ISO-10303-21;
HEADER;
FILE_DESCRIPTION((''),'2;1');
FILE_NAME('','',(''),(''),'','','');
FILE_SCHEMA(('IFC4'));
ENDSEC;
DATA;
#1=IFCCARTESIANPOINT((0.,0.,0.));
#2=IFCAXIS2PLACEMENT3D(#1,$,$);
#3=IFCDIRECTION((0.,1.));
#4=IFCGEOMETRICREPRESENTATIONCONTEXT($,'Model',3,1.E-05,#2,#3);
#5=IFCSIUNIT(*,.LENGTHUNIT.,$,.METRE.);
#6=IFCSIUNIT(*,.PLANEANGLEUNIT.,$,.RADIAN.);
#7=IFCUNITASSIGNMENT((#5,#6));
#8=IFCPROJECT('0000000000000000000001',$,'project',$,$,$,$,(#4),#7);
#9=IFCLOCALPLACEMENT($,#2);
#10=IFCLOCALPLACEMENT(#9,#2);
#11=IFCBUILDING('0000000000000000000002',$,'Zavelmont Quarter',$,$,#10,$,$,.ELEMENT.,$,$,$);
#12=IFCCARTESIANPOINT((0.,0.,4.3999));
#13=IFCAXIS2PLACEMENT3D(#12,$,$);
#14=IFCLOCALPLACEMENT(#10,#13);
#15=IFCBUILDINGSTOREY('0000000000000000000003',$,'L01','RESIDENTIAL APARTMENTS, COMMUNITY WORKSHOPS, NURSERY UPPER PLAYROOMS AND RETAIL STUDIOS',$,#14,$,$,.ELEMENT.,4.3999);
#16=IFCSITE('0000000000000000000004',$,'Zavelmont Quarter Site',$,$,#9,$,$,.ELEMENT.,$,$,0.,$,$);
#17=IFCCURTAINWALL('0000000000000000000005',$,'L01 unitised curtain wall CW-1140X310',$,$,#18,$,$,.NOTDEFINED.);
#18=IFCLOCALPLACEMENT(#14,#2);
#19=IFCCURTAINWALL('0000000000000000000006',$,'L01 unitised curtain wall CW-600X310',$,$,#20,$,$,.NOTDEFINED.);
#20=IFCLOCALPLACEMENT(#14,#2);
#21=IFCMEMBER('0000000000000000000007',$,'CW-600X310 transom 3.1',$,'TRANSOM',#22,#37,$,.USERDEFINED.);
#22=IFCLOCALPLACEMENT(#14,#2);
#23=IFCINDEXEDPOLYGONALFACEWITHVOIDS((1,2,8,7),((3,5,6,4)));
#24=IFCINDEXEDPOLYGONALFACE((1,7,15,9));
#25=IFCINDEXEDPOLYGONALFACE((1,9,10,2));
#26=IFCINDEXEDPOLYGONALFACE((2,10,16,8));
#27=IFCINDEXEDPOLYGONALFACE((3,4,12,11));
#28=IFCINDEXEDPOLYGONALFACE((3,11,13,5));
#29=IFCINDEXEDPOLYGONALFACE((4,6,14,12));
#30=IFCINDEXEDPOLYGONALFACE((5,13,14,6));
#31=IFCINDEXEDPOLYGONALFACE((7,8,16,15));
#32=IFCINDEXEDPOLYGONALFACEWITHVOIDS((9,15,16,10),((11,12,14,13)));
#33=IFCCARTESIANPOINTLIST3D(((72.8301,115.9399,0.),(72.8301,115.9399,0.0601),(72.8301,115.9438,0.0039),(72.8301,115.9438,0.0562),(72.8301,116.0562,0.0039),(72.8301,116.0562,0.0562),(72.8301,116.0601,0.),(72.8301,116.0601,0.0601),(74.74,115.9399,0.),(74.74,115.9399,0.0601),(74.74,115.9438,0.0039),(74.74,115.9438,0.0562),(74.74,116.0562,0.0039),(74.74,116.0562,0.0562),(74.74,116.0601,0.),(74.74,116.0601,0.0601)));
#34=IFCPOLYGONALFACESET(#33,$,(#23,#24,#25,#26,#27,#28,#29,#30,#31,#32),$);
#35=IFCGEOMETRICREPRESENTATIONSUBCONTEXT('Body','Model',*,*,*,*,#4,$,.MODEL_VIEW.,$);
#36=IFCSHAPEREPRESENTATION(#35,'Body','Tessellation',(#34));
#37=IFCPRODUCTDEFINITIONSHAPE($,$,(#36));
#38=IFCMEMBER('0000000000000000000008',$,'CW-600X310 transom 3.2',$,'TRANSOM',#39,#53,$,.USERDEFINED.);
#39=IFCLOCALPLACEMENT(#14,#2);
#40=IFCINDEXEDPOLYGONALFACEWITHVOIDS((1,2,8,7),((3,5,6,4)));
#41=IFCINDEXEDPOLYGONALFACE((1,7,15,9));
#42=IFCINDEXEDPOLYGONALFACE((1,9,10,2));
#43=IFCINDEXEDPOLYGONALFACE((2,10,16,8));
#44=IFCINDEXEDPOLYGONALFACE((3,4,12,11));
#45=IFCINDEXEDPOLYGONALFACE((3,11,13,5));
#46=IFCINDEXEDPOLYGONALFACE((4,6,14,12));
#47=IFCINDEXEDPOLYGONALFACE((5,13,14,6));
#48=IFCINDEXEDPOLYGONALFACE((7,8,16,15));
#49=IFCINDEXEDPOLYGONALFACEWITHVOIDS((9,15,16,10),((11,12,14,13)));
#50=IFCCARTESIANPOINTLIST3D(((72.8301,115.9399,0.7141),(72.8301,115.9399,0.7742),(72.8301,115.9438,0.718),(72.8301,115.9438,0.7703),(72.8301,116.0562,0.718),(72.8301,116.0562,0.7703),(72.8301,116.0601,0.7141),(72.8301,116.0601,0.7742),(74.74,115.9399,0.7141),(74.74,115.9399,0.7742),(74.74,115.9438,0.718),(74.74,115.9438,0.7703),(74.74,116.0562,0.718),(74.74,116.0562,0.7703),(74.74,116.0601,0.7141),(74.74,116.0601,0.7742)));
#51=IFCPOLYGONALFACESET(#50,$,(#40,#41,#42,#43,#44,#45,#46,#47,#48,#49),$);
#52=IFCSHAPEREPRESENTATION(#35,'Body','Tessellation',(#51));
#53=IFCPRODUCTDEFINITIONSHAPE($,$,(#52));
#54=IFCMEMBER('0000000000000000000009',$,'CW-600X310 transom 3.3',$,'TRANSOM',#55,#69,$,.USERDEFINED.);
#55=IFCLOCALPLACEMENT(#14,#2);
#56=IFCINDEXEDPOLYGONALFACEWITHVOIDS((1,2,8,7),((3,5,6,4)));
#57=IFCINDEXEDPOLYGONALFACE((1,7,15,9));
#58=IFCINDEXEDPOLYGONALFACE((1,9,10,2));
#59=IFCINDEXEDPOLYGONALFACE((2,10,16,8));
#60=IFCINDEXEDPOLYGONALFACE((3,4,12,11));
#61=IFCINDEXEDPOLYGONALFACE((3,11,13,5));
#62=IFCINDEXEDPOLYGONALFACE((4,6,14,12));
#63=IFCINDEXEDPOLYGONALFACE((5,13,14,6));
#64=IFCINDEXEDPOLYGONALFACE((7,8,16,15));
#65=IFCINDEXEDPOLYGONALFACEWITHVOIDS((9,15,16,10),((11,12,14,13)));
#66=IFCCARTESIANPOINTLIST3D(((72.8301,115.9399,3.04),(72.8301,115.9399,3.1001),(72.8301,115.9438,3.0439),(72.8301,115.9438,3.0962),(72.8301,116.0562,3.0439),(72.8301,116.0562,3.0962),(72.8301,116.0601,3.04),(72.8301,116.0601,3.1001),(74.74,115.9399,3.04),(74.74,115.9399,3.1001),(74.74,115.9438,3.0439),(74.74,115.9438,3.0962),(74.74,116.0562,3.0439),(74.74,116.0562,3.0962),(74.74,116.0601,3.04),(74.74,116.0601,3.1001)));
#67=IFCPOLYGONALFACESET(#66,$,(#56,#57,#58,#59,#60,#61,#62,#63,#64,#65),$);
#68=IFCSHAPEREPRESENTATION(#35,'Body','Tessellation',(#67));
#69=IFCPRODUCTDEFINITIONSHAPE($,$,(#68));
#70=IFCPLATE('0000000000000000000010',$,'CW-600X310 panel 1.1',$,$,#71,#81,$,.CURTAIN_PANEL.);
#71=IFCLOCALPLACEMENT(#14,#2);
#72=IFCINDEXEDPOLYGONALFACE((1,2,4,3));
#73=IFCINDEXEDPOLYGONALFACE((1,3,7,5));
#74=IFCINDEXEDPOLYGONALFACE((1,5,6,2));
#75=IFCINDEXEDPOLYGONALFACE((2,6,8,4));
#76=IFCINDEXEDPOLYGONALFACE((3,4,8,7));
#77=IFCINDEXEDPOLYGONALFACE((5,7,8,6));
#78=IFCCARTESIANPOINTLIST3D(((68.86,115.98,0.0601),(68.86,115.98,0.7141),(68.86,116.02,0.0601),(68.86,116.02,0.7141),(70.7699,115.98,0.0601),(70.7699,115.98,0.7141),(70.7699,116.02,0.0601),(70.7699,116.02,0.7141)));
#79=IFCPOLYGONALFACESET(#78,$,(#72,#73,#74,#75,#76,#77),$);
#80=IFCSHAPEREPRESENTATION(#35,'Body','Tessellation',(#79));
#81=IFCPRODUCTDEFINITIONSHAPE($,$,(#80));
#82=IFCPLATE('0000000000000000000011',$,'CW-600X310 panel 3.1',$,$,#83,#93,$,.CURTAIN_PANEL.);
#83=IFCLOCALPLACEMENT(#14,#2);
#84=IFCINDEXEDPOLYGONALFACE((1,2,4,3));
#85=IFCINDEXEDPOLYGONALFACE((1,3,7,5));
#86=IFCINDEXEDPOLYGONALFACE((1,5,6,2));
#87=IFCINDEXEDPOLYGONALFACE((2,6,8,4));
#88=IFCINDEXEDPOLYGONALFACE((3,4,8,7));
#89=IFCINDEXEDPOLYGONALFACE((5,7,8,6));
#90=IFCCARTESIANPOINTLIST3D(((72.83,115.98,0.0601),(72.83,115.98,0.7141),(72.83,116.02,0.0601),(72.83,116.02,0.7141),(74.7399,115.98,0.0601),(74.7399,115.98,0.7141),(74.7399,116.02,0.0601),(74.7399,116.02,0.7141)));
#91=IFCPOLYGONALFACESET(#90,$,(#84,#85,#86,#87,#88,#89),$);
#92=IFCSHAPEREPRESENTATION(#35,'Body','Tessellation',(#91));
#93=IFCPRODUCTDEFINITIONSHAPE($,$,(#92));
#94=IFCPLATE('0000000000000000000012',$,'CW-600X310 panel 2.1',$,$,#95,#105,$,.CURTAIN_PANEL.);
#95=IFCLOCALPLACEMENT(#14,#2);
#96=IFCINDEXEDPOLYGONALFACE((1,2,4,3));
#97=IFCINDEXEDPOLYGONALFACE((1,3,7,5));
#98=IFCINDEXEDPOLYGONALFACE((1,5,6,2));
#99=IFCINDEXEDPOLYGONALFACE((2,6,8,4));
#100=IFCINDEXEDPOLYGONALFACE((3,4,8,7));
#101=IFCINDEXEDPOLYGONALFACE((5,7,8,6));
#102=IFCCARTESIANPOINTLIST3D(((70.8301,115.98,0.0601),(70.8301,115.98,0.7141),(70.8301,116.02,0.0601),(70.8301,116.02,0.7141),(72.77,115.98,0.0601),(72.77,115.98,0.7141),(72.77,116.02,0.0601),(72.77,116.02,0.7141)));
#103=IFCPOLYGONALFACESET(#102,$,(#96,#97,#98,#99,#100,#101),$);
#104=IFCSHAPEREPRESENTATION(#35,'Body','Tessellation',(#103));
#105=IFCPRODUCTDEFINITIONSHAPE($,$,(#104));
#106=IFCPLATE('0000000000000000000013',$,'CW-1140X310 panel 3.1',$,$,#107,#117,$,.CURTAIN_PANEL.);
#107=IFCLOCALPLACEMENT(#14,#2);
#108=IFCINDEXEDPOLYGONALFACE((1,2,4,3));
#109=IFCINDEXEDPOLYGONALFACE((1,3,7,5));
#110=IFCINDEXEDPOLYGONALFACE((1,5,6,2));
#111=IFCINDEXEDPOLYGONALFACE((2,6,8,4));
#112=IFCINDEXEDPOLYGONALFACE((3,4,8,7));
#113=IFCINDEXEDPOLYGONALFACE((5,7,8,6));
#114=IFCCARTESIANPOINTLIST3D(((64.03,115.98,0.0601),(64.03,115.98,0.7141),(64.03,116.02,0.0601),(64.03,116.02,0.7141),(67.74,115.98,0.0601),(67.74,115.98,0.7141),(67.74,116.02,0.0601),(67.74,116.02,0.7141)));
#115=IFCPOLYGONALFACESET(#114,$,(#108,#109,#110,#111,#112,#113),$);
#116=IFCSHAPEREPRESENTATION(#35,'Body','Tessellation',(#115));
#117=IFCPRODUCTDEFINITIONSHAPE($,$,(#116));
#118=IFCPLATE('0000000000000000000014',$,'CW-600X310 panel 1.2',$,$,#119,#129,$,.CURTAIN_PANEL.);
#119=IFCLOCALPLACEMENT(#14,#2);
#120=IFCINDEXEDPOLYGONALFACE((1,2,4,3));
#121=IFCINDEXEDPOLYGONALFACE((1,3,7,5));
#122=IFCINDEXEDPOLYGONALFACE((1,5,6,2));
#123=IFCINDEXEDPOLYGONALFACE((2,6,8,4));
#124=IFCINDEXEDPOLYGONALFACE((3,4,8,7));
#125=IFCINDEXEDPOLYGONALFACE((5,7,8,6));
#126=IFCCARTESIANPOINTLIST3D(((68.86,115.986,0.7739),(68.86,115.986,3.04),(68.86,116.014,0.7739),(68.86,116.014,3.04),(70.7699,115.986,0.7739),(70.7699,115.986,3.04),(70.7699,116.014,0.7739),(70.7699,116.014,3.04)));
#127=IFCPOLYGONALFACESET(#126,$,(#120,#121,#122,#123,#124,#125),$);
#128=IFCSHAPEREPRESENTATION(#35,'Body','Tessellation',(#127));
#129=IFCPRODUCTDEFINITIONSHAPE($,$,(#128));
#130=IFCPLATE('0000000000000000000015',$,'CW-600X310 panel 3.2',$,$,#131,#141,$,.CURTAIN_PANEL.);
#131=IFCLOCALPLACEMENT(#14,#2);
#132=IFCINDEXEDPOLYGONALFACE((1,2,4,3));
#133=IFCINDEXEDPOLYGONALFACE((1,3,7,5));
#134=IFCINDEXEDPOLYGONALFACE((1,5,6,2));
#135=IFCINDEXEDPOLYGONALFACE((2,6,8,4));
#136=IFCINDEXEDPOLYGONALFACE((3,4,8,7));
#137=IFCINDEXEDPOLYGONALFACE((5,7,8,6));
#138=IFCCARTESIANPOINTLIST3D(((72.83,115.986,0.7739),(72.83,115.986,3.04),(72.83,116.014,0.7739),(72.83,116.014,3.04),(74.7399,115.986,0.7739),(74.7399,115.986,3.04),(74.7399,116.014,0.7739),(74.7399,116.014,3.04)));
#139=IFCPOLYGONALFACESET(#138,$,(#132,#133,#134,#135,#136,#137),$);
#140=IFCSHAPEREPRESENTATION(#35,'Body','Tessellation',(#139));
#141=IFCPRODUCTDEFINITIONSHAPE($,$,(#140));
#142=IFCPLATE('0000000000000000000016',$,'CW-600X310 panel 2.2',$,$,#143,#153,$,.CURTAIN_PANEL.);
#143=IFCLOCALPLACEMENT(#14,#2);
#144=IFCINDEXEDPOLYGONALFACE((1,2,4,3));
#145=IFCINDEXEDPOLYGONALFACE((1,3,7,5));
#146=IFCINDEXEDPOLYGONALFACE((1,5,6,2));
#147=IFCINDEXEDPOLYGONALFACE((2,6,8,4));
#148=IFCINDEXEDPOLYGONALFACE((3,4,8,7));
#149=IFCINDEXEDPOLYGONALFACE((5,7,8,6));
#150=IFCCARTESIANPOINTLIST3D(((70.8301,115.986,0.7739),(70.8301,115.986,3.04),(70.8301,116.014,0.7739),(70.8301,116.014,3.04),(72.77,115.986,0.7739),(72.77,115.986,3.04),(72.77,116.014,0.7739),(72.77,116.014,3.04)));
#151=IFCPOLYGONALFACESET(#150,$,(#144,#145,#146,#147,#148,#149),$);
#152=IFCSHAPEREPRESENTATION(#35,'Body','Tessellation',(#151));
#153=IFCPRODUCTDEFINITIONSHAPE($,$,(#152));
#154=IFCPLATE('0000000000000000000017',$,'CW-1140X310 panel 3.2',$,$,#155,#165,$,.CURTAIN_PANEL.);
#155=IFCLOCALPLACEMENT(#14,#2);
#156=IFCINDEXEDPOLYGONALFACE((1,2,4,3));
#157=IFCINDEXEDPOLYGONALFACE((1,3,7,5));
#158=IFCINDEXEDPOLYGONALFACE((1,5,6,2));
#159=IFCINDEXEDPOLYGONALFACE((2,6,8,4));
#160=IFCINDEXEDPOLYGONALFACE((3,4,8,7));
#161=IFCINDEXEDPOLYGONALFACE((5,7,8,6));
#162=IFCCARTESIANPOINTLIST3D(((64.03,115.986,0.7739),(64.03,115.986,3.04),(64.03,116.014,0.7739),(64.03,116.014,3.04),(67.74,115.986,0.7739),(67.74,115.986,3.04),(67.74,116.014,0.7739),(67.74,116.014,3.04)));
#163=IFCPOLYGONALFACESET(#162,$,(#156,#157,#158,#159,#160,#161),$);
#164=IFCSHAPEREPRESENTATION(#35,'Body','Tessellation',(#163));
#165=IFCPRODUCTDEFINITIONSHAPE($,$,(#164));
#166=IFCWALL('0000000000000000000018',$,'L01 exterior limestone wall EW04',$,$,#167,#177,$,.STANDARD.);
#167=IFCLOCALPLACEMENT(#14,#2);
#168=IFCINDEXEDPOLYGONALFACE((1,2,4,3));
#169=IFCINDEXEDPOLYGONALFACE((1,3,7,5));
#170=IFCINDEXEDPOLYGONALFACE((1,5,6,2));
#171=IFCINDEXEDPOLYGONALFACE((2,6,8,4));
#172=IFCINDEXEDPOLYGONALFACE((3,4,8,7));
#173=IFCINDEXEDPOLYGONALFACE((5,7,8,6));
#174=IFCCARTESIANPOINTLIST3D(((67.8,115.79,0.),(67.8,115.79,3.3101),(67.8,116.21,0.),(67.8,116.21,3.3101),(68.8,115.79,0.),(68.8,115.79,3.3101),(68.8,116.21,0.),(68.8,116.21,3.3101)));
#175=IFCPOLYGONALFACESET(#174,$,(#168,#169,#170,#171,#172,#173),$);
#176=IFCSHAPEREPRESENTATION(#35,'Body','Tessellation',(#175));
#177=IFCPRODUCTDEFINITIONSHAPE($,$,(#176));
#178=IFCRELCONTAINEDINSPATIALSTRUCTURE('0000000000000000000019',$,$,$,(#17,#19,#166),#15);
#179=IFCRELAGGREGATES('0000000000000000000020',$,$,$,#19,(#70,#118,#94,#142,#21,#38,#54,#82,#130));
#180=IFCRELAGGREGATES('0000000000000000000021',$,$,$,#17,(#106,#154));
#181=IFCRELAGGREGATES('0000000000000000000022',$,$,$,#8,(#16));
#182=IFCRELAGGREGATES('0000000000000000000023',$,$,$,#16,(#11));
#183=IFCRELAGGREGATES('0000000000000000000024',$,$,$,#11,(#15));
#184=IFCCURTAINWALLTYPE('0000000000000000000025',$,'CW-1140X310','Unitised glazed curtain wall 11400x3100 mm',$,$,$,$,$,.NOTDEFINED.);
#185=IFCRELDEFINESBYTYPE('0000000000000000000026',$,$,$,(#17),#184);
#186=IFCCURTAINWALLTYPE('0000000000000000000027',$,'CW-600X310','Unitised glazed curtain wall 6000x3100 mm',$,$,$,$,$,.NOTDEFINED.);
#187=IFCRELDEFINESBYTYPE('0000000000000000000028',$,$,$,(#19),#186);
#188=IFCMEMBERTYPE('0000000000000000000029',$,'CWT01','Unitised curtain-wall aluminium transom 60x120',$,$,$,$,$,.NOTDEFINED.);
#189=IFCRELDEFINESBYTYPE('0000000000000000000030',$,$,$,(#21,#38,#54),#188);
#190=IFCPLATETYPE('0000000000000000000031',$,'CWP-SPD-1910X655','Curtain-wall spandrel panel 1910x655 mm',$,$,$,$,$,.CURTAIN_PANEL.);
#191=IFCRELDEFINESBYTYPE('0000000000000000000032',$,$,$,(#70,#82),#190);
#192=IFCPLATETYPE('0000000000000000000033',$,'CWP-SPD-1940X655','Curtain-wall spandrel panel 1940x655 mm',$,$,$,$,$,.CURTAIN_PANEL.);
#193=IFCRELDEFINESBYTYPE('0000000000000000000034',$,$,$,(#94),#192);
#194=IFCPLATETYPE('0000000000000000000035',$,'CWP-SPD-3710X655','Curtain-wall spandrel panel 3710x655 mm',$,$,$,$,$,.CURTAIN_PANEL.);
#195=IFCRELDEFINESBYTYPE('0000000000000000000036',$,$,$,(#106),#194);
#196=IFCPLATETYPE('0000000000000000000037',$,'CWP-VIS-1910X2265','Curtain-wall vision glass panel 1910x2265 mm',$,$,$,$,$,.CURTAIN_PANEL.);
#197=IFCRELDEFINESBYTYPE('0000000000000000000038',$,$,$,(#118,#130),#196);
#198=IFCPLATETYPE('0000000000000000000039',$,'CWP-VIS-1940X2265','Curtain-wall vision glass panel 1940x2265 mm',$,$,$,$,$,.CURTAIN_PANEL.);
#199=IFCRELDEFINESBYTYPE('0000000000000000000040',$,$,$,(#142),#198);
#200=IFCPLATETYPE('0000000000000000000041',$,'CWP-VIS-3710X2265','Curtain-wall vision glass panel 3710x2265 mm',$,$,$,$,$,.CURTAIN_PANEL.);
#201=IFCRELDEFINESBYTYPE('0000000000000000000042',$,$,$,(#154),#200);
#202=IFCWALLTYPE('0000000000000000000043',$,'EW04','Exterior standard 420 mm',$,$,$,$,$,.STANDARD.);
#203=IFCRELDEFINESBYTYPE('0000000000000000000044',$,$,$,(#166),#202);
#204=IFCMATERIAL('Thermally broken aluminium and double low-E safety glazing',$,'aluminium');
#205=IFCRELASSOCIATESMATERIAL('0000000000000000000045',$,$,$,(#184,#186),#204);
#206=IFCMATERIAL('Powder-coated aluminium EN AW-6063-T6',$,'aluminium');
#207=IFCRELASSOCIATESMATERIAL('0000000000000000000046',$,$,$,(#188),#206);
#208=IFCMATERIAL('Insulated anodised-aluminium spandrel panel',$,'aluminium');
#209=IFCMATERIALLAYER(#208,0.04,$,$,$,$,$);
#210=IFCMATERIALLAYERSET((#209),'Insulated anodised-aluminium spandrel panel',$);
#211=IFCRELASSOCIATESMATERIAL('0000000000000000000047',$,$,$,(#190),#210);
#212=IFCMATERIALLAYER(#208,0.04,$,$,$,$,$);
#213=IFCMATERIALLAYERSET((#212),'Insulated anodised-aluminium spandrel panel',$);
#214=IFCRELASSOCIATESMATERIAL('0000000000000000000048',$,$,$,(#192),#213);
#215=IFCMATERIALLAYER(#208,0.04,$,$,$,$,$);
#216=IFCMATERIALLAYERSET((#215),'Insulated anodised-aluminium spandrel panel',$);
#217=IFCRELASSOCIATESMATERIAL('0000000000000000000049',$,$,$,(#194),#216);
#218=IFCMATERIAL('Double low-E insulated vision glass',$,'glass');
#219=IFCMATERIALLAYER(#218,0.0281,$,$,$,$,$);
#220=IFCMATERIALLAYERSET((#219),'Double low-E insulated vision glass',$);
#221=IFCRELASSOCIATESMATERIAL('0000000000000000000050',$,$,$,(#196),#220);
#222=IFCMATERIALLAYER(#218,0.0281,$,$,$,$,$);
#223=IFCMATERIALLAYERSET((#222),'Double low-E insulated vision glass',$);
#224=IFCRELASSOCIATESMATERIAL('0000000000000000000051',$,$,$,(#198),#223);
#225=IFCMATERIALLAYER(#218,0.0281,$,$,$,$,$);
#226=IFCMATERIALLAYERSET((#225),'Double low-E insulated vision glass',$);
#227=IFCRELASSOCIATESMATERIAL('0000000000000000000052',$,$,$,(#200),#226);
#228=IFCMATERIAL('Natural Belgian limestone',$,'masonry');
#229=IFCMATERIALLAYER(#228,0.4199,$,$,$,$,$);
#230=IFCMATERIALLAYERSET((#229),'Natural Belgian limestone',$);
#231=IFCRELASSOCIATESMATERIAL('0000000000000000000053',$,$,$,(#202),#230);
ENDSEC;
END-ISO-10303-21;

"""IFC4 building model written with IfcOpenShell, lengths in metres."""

from ifc_helpers import new_model, si_unit, direction, frame, frame_2d, origin, origin_2d, place, context, subcontext, project, spatial, rectangle, hollow_rectangle, extrude, material, layer, layer_set, material_profile, profile_set, type_object, element, aggregate, save


model = new_model("IFC4")

# Units and contexts
model_context = context("Model", 3, precision=1e-05, world=origin(), true_north=direction((0.0, 1.0)))
body_context = subcontext(model_context, "Body", "Model", "MODEL_VIEW")
ifc_project = project(units=[si_unit("LENGTHUNIT", "METRE"), si_unit("PLANEANGLEUNIT", "RADIAN")], contexts=[model_context])

# Site, building, storey
site_placement = place(None, origin())
site = spatial("IfcSite", under=ifc_project, at=site_placement, Name="Zavelmont Quarter Site", CompositionType="ELEMENT", RefElevation=0.0)
building_placement = place(site_placement, origin())
building = spatial("IfcBuilding", under=site, at=building_placement, Name="Zavelmont Quarter", CompositionType="ELEMENT")
storey_placement = place(building_placement, frame((0.0, 0.0, 4.3999)))
storey = spatial("IfcBuildingStorey", under=building, at=storey_placement, Name="L01", Description="RESIDENTIAL APARTMENTS, COMMUNITY WORKSHOPS, NURSERY UPPER PLAYROOMS AND RETAIL STUDIOS", CompositionType="ELEMENT", Elevation=4.3999)

# Curtain wall
ifc_material_1 = material(Name="Thermally broken aluminium and double low-E safety glazing", Category="aluminium")
curtain_wall_type_1 = type_object("IfcCurtainWallType", Name="CW-1140X310", Description="Unitised glazed curtain wall 11400x3100 mm", PredefinedType="NOTDEFINED", material=ifc_material_1)
curtain_wall_1_placement = place(storey_placement, origin())
curtain_wall_1 = element("IfcCurtainWall", 1, at=curtain_wall_1_placement, inside=storey, type_object=curtain_wall_type_1, Name="L01 unitised curtain wall CW-1140X310", PredefinedType="NOTDEFINED")
ifc_material_2 = material(Name="Powder-coated aluminium EN AW-6063-T6", Category="aluminium")

# Curtain wall, members, plates
curtain_wall_type_2 = type_object("IfcCurtainWallType", Name="CW-600X310", Description="Unitised glazed curtain wall 6000x3100 mm", PredefinedType="NOTDEFINED", material=ifc_material_1)
curtain_wall_2_placement = place(storey_placement, origin())
curtain_wall_2 = element("IfcCurtainWall", 2, at=curtain_wall_2_placement, inside=storey, type_object=curtain_wall_type_2, Name="L01 unitised curtain wall CW-600X310", PredefinedType="NOTDEFINED")
ifc_material_profile_1 = material_profile(ifc_material_2, hollow_rectangle(XDim=0.1201, YDim=0.0601, WallThickness=0.0039, at=origin_2d()), Name="CWT60X120")
ifc_profile_set_1 = profile_set([ifc_material_profile_1], Name="Powder-coated aluminium EN AW-6063-T6")
member_type_1 = type_object("IfcMemberType", Name="CWT01", Description="Unitised curtain-wall aluminium transom 60x120", PredefinedType="NOTDEFINED", material=ifc_profile_set_1)
member_1_placement = place(storey_placement, frame((72.8301, 116.0, 0.03), z_axis=(1.0, 0.0, 0.0), x_axis=(0.0, 1.0, 0.0)))
member_1 = element("IfcMember", 3, at=member_1_placement, type_object=member_type_1, Name="CW-600X310 transom 3.1", ObjectType="TRANSOM", PredefinedType="USERDEFINED", context=body_context, shape_type="SweptSolid", body=[
    extrude(hollow_rectangle(XDim=0.1201, YDim=0.0601, WallThickness=0.0039, at=origin_2d()), origin(), (0.0, 0.0, 1.0), 1.9099),
])
member_2_placement = place(storey_placement, frame((72.8301, 116.0, 0.7441), z_axis=(1.0, 0.0, 0.0), x_axis=(0.0, 1.0, 0.0)))
member_2 = element("IfcMember", 4, at=member_2_placement, type_object=member_type_1, Name="CW-600X310 transom 3.2", ObjectType="TRANSOM", PredefinedType="USERDEFINED", context=body_context, shape_type="SweptSolid", body=[
    extrude(hollow_rectangle(XDim=0.1201, YDim=0.0601, WallThickness=0.0039, at=origin_2d()), origin(), (0.0, 0.0, 1.0), 1.9099),
])
member_3_placement = place(storey_placement, frame((72.8301, 116.0, 3.0701), z_axis=(1.0, 0.0, 0.0), x_axis=(0.0, 1.0, 0.0)))
member_3 = element("IfcMember", 5, at=member_3_placement, type_object=member_type_1, Name="CW-600X310 transom 3.3", ObjectType="TRANSOM", PredefinedType="USERDEFINED", context=body_context, shape_type="SweptSolid", body=[
    extrude(hollow_rectangle(XDim=0.1201, YDim=0.0601, WallThickness=0.0039, at=origin_2d()), origin(), (0.0, 0.0, 1.0), 1.9099),
])
ifc_material_3 = material(Name="Insulated anodised-aluminium spandrel panel", Category="aluminium")
ifc_layer_1 = layer(ifc_material_3, 0.04)
ifc_layer_set_1 = layer_set([ifc_layer_1], Name="Insulated anodised-aluminium spandrel panel")
plate_type_1 = type_object("IfcPlateType", Name="CWP-SPD-1910X655", Description="Curtain-wall spandrel panel 1910x655 mm", PredefinedType="CURTAIN_PANEL", material=ifc_layer_set_1)
plate_1_placement = place(storey_placement, frame((69.8149, 116.0, 0.0601), z_axis=(0.0, 0.0, 1.0), x_axis=(1.0, 0.0, 0.0)))
plate_1 = element("IfcPlate", 6, at=plate_1_placement, type_object=plate_type_1, Name="CW-600X310 panel 1.1", PredefinedType="CURTAIN_PANEL", context=body_context, shape_type="SweptSolid", body=[
    extrude(rectangle(XDim=1.9099, YDim=0.04, at=origin_2d()), origin(), (0.0, 0.0, 1.0), 0.6541),
])
plate_2_placement = place(storey_placement, frame((73.7849, 116.0, 0.0601), z_axis=(0.0, 0.0, 1.0), x_axis=(1.0, 0.0, 0.0)))
plate_2 = element("IfcPlate", 7, at=plate_2_placement, type_object=plate_type_1, Name="CW-600X310 panel 3.1", PredefinedType="CURTAIN_PANEL", context=body_context, shape_type="SweptSolid", body=[
    extrude(rectangle(XDim=1.9099, YDim=0.04, at=origin_2d()), origin(), (0.0, 0.0, 1.0), 0.6541),
])
ifc_layer_2 = layer(ifc_material_3, 0.04)
ifc_layer_set_2 = layer_set([ifc_layer_2], Name="Insulated anodised-aluminium spandrel panel")
plate_type_2 = type_object("IfcPlateType", Name="CWP-SPD-1940X655", Description="Curtain-wall spandrel panel 1940x655 mm", PredefinedType="CURTAIN_PANEL", material=ifc_layer_set_2)
plate_3_placement = place(storey_placement, frame((71.8, 116.0, 0.0601), z_axis=(0.0, 0.0, 1.0), x_axis=(1.0, 0.0, 0.0)))
plate_3 = element("IfcPlate", 8, at=plate_3_placement, type_object=plate_type_2, Name="CW-600X310 panel 2.1", PredefinedType="CURTAIN_PANEL", context=body_context, shape_type="SweptSolid", body=[
    extrude(rectangle(XDim=1.9399, YDim=0.04, at=origin_2d()), origin(), (0.0, 0.0, 1.0), 0.6541),
])

# Plates
ifc_layer_3 = layer(ifc_material_3, 0.04)
ifc_layer_set_3 = layer_set([ifc_layer_3], Name="Insulated anodised-aluminium spandrel panel")
plate_type_3 = type_object("IfcPlateType", Name="CWP-SPD-3710X655", Description="Curtain-wall spandrel panel 3710x655 mm", PredefinedType="CURTAIN_PANEL", material=ifc_layer_set_3)
plate_4_placement = place(storey_placement, frame((65.885, 116.0, 0.0601), z_axis=(0.0, 0.0, 1.0), x_axis=(1.0, 0.0, 0.0)))
plate_4 = element("IfcPlate", 9, at=plate_4_placement, type_object=plate_type_3, Name="CW-1140X310 panel 3.1", PredefinedType="CURTAIN_PANEL", context=body_context, shape_type="SweptSolid", body=[
    extrude(rectangle(XDim=3.71, YDim=0.04, at=origin_2d()), origin(), (0.0, 0.0, 1.0), 0.6541),
])
ifc_material_4 = material(Name="Double low-E insulated vision glass", Category="glass")
ifc_layer_4 = layer(ifc_material_4, 0.0281)
ifc_layer_set_4 = layer_set([ifc_layer_4], Name="Double low-E insulated vision glass")
plate_type_4 = type_object("IfcPlateType", Name="CWP-VIS-1910X2265", Description="Curtain-wall vision glass panel 1910x2265 mm", PredefinedType="CURTAIN_PANEL", material=ifc_layer_set_4)
plate_5_placement = place(storey_placement, frame((69.8149, 116.0, 0.7739), z_axis=(0.0, 0.0, 1.0), x_axis=(1.0, 0.0, 0.0)))
plate_5 = element("IfcPlate", 10, at=plate_5_placement, type_object=plate_type_4, Name="CW-600X310 panel 1.2", PredefinedType="CURTAIN_PANEL", context=body_context, shape_type="SweptSolid", body=[
    extrude(rectangle(XDim=1.9099, YDim=0.0281, at=origin_2d()), origin(), (0.0, 0.0, 1.0), 2.2661),
])
plate_6_placement = place(storey_placement, frame((73.7849, 116.0, 0.7739), z_axis=(0.0, 0.0, 1.0), x_axis=(1.0, 0.0, 0.0)))
plate_6 = element("IfcPlate", 11, at=plate_6_placement, type_object=plate_type_4, Name="CW-600X310 panel 3.2", PredefinedType="CURTAIN_PANEL", context=body_context, shape_type="SweptSolid", body=[
    extrude(rectangle(XDim=1.9099, YDim=0.0281, at=origin_2d()), origin(), (0.0, 0.0, 1.0), 2.2661),
])
ifc_layer_5 = layer(ifc_material_4, 0.0281)
ifc_layer_set_5 = layer_set([ifc_layer_5], Name="Double low-E insulated vision glass")
plate_type_5 = type_object("IfcPlateType", Name="CWP-VIS-1940X2265", Description="Curtain-wall vision glass panel 1940x2265 mm", PredefinedType="CURTAIN_PANEL", material=ifc_layer_set_5)
plate_7_placement = place(storey_placement, frame((71.8, 116.0, 0.7739), z_axis=(0.0, 0.0, 1.0), x_axis=(1.0, 0.0, 0.0)))
plate_7 = element("IfcPlate", 12, at=plate_7_placement, type_object=plate_type_5, Name="CW-600X310 panel 2.2", PredefinedType="CURTAIN_PANEL", context=body_context, shape_type="SweptSolid", body=[
    extrude(rectangle(XDim=1.9399, YDim=0.0281, at=origin_2d()), origin(), (0.0, 0.0, 1.0), 2.2661),
])
aggregate(curtain_wall_2, [plate_1, plate_5, plate_3, plate_7, member_1, member_2, member_3, plate_2, plate_6])
ifc_layer_6 = layer(ifc_material_4, 0.0281)
ifc_layer_set_6 = layer_set([ifc_layer_6], Name="Double low-E insulated vision glass")
plate_type_6 = type_object("IfcPlateType", Name="CWP-VIS-3710X2265", Description="Curtain-wall vision glass panel 3710x2265 mm", PredefinedType="CURTAIN_PANEL", material=ifc_layer_set_6)
plate_8_placement = place(storey_placement, frame((65.885, 116.0, 0.7739), z_axis=(0.0, 0.0, 1.0), x_axis=(1.0, 0.0, 0.0)))
plate_8 = element("IfcPlate", 13, at=plate_8_placement, type_object=plate_type_6, Name="CW-1140X310 panel 3.2", PredefinedType="CURTAIN_PANEL", context=body_context, shape_type="SweptSolid", body=[
    extrude(rectangle(XDim=3.71, YDim=0.0281, at=origin_2d()), origin(), (0.0, 0.0, 1.0), 2.2661),
])
aggregate(curtain_wall_1, [plate_4, plate_8])

# Wall
ifc_material_5 = material(Name="Natural Belgian limestone", Category="masonry")
ifc_layer_7 = layer(ifc_material_5, 0.4199)
ifc_layer_set_7 = layer_set([ifc_layer_7], Name="Natural Belgian limestone")
wall_type = type_object("IfcWallType", Name="EW04", Description="Exterior standard 420 mm", PredefinedType="STANDARD", material=ifc_layer_set_7)
wall_placement = place(storey_placement, frame((67.8, 116.0, 0.0), z_axis=(0.0, 0.0, 1.0), x_axis=(1.0, 0.0, 0.0)))
element("IfcWall", 14, at=wall_placement, inside=storey, type_object=wall_type, Name="L01 exterior limestone wall EW04", PredefinedType="STANDARD", context=body_context, shape_type="SweptSolid", body=[
    extrude(rectangle(XDim=1.0, YDim=0.4199, at=frame_2d((0.5, 0.0))), origin(), (0.0, 0.0, 1.0), 3.3101),
])

save(model, "model.ifc")
